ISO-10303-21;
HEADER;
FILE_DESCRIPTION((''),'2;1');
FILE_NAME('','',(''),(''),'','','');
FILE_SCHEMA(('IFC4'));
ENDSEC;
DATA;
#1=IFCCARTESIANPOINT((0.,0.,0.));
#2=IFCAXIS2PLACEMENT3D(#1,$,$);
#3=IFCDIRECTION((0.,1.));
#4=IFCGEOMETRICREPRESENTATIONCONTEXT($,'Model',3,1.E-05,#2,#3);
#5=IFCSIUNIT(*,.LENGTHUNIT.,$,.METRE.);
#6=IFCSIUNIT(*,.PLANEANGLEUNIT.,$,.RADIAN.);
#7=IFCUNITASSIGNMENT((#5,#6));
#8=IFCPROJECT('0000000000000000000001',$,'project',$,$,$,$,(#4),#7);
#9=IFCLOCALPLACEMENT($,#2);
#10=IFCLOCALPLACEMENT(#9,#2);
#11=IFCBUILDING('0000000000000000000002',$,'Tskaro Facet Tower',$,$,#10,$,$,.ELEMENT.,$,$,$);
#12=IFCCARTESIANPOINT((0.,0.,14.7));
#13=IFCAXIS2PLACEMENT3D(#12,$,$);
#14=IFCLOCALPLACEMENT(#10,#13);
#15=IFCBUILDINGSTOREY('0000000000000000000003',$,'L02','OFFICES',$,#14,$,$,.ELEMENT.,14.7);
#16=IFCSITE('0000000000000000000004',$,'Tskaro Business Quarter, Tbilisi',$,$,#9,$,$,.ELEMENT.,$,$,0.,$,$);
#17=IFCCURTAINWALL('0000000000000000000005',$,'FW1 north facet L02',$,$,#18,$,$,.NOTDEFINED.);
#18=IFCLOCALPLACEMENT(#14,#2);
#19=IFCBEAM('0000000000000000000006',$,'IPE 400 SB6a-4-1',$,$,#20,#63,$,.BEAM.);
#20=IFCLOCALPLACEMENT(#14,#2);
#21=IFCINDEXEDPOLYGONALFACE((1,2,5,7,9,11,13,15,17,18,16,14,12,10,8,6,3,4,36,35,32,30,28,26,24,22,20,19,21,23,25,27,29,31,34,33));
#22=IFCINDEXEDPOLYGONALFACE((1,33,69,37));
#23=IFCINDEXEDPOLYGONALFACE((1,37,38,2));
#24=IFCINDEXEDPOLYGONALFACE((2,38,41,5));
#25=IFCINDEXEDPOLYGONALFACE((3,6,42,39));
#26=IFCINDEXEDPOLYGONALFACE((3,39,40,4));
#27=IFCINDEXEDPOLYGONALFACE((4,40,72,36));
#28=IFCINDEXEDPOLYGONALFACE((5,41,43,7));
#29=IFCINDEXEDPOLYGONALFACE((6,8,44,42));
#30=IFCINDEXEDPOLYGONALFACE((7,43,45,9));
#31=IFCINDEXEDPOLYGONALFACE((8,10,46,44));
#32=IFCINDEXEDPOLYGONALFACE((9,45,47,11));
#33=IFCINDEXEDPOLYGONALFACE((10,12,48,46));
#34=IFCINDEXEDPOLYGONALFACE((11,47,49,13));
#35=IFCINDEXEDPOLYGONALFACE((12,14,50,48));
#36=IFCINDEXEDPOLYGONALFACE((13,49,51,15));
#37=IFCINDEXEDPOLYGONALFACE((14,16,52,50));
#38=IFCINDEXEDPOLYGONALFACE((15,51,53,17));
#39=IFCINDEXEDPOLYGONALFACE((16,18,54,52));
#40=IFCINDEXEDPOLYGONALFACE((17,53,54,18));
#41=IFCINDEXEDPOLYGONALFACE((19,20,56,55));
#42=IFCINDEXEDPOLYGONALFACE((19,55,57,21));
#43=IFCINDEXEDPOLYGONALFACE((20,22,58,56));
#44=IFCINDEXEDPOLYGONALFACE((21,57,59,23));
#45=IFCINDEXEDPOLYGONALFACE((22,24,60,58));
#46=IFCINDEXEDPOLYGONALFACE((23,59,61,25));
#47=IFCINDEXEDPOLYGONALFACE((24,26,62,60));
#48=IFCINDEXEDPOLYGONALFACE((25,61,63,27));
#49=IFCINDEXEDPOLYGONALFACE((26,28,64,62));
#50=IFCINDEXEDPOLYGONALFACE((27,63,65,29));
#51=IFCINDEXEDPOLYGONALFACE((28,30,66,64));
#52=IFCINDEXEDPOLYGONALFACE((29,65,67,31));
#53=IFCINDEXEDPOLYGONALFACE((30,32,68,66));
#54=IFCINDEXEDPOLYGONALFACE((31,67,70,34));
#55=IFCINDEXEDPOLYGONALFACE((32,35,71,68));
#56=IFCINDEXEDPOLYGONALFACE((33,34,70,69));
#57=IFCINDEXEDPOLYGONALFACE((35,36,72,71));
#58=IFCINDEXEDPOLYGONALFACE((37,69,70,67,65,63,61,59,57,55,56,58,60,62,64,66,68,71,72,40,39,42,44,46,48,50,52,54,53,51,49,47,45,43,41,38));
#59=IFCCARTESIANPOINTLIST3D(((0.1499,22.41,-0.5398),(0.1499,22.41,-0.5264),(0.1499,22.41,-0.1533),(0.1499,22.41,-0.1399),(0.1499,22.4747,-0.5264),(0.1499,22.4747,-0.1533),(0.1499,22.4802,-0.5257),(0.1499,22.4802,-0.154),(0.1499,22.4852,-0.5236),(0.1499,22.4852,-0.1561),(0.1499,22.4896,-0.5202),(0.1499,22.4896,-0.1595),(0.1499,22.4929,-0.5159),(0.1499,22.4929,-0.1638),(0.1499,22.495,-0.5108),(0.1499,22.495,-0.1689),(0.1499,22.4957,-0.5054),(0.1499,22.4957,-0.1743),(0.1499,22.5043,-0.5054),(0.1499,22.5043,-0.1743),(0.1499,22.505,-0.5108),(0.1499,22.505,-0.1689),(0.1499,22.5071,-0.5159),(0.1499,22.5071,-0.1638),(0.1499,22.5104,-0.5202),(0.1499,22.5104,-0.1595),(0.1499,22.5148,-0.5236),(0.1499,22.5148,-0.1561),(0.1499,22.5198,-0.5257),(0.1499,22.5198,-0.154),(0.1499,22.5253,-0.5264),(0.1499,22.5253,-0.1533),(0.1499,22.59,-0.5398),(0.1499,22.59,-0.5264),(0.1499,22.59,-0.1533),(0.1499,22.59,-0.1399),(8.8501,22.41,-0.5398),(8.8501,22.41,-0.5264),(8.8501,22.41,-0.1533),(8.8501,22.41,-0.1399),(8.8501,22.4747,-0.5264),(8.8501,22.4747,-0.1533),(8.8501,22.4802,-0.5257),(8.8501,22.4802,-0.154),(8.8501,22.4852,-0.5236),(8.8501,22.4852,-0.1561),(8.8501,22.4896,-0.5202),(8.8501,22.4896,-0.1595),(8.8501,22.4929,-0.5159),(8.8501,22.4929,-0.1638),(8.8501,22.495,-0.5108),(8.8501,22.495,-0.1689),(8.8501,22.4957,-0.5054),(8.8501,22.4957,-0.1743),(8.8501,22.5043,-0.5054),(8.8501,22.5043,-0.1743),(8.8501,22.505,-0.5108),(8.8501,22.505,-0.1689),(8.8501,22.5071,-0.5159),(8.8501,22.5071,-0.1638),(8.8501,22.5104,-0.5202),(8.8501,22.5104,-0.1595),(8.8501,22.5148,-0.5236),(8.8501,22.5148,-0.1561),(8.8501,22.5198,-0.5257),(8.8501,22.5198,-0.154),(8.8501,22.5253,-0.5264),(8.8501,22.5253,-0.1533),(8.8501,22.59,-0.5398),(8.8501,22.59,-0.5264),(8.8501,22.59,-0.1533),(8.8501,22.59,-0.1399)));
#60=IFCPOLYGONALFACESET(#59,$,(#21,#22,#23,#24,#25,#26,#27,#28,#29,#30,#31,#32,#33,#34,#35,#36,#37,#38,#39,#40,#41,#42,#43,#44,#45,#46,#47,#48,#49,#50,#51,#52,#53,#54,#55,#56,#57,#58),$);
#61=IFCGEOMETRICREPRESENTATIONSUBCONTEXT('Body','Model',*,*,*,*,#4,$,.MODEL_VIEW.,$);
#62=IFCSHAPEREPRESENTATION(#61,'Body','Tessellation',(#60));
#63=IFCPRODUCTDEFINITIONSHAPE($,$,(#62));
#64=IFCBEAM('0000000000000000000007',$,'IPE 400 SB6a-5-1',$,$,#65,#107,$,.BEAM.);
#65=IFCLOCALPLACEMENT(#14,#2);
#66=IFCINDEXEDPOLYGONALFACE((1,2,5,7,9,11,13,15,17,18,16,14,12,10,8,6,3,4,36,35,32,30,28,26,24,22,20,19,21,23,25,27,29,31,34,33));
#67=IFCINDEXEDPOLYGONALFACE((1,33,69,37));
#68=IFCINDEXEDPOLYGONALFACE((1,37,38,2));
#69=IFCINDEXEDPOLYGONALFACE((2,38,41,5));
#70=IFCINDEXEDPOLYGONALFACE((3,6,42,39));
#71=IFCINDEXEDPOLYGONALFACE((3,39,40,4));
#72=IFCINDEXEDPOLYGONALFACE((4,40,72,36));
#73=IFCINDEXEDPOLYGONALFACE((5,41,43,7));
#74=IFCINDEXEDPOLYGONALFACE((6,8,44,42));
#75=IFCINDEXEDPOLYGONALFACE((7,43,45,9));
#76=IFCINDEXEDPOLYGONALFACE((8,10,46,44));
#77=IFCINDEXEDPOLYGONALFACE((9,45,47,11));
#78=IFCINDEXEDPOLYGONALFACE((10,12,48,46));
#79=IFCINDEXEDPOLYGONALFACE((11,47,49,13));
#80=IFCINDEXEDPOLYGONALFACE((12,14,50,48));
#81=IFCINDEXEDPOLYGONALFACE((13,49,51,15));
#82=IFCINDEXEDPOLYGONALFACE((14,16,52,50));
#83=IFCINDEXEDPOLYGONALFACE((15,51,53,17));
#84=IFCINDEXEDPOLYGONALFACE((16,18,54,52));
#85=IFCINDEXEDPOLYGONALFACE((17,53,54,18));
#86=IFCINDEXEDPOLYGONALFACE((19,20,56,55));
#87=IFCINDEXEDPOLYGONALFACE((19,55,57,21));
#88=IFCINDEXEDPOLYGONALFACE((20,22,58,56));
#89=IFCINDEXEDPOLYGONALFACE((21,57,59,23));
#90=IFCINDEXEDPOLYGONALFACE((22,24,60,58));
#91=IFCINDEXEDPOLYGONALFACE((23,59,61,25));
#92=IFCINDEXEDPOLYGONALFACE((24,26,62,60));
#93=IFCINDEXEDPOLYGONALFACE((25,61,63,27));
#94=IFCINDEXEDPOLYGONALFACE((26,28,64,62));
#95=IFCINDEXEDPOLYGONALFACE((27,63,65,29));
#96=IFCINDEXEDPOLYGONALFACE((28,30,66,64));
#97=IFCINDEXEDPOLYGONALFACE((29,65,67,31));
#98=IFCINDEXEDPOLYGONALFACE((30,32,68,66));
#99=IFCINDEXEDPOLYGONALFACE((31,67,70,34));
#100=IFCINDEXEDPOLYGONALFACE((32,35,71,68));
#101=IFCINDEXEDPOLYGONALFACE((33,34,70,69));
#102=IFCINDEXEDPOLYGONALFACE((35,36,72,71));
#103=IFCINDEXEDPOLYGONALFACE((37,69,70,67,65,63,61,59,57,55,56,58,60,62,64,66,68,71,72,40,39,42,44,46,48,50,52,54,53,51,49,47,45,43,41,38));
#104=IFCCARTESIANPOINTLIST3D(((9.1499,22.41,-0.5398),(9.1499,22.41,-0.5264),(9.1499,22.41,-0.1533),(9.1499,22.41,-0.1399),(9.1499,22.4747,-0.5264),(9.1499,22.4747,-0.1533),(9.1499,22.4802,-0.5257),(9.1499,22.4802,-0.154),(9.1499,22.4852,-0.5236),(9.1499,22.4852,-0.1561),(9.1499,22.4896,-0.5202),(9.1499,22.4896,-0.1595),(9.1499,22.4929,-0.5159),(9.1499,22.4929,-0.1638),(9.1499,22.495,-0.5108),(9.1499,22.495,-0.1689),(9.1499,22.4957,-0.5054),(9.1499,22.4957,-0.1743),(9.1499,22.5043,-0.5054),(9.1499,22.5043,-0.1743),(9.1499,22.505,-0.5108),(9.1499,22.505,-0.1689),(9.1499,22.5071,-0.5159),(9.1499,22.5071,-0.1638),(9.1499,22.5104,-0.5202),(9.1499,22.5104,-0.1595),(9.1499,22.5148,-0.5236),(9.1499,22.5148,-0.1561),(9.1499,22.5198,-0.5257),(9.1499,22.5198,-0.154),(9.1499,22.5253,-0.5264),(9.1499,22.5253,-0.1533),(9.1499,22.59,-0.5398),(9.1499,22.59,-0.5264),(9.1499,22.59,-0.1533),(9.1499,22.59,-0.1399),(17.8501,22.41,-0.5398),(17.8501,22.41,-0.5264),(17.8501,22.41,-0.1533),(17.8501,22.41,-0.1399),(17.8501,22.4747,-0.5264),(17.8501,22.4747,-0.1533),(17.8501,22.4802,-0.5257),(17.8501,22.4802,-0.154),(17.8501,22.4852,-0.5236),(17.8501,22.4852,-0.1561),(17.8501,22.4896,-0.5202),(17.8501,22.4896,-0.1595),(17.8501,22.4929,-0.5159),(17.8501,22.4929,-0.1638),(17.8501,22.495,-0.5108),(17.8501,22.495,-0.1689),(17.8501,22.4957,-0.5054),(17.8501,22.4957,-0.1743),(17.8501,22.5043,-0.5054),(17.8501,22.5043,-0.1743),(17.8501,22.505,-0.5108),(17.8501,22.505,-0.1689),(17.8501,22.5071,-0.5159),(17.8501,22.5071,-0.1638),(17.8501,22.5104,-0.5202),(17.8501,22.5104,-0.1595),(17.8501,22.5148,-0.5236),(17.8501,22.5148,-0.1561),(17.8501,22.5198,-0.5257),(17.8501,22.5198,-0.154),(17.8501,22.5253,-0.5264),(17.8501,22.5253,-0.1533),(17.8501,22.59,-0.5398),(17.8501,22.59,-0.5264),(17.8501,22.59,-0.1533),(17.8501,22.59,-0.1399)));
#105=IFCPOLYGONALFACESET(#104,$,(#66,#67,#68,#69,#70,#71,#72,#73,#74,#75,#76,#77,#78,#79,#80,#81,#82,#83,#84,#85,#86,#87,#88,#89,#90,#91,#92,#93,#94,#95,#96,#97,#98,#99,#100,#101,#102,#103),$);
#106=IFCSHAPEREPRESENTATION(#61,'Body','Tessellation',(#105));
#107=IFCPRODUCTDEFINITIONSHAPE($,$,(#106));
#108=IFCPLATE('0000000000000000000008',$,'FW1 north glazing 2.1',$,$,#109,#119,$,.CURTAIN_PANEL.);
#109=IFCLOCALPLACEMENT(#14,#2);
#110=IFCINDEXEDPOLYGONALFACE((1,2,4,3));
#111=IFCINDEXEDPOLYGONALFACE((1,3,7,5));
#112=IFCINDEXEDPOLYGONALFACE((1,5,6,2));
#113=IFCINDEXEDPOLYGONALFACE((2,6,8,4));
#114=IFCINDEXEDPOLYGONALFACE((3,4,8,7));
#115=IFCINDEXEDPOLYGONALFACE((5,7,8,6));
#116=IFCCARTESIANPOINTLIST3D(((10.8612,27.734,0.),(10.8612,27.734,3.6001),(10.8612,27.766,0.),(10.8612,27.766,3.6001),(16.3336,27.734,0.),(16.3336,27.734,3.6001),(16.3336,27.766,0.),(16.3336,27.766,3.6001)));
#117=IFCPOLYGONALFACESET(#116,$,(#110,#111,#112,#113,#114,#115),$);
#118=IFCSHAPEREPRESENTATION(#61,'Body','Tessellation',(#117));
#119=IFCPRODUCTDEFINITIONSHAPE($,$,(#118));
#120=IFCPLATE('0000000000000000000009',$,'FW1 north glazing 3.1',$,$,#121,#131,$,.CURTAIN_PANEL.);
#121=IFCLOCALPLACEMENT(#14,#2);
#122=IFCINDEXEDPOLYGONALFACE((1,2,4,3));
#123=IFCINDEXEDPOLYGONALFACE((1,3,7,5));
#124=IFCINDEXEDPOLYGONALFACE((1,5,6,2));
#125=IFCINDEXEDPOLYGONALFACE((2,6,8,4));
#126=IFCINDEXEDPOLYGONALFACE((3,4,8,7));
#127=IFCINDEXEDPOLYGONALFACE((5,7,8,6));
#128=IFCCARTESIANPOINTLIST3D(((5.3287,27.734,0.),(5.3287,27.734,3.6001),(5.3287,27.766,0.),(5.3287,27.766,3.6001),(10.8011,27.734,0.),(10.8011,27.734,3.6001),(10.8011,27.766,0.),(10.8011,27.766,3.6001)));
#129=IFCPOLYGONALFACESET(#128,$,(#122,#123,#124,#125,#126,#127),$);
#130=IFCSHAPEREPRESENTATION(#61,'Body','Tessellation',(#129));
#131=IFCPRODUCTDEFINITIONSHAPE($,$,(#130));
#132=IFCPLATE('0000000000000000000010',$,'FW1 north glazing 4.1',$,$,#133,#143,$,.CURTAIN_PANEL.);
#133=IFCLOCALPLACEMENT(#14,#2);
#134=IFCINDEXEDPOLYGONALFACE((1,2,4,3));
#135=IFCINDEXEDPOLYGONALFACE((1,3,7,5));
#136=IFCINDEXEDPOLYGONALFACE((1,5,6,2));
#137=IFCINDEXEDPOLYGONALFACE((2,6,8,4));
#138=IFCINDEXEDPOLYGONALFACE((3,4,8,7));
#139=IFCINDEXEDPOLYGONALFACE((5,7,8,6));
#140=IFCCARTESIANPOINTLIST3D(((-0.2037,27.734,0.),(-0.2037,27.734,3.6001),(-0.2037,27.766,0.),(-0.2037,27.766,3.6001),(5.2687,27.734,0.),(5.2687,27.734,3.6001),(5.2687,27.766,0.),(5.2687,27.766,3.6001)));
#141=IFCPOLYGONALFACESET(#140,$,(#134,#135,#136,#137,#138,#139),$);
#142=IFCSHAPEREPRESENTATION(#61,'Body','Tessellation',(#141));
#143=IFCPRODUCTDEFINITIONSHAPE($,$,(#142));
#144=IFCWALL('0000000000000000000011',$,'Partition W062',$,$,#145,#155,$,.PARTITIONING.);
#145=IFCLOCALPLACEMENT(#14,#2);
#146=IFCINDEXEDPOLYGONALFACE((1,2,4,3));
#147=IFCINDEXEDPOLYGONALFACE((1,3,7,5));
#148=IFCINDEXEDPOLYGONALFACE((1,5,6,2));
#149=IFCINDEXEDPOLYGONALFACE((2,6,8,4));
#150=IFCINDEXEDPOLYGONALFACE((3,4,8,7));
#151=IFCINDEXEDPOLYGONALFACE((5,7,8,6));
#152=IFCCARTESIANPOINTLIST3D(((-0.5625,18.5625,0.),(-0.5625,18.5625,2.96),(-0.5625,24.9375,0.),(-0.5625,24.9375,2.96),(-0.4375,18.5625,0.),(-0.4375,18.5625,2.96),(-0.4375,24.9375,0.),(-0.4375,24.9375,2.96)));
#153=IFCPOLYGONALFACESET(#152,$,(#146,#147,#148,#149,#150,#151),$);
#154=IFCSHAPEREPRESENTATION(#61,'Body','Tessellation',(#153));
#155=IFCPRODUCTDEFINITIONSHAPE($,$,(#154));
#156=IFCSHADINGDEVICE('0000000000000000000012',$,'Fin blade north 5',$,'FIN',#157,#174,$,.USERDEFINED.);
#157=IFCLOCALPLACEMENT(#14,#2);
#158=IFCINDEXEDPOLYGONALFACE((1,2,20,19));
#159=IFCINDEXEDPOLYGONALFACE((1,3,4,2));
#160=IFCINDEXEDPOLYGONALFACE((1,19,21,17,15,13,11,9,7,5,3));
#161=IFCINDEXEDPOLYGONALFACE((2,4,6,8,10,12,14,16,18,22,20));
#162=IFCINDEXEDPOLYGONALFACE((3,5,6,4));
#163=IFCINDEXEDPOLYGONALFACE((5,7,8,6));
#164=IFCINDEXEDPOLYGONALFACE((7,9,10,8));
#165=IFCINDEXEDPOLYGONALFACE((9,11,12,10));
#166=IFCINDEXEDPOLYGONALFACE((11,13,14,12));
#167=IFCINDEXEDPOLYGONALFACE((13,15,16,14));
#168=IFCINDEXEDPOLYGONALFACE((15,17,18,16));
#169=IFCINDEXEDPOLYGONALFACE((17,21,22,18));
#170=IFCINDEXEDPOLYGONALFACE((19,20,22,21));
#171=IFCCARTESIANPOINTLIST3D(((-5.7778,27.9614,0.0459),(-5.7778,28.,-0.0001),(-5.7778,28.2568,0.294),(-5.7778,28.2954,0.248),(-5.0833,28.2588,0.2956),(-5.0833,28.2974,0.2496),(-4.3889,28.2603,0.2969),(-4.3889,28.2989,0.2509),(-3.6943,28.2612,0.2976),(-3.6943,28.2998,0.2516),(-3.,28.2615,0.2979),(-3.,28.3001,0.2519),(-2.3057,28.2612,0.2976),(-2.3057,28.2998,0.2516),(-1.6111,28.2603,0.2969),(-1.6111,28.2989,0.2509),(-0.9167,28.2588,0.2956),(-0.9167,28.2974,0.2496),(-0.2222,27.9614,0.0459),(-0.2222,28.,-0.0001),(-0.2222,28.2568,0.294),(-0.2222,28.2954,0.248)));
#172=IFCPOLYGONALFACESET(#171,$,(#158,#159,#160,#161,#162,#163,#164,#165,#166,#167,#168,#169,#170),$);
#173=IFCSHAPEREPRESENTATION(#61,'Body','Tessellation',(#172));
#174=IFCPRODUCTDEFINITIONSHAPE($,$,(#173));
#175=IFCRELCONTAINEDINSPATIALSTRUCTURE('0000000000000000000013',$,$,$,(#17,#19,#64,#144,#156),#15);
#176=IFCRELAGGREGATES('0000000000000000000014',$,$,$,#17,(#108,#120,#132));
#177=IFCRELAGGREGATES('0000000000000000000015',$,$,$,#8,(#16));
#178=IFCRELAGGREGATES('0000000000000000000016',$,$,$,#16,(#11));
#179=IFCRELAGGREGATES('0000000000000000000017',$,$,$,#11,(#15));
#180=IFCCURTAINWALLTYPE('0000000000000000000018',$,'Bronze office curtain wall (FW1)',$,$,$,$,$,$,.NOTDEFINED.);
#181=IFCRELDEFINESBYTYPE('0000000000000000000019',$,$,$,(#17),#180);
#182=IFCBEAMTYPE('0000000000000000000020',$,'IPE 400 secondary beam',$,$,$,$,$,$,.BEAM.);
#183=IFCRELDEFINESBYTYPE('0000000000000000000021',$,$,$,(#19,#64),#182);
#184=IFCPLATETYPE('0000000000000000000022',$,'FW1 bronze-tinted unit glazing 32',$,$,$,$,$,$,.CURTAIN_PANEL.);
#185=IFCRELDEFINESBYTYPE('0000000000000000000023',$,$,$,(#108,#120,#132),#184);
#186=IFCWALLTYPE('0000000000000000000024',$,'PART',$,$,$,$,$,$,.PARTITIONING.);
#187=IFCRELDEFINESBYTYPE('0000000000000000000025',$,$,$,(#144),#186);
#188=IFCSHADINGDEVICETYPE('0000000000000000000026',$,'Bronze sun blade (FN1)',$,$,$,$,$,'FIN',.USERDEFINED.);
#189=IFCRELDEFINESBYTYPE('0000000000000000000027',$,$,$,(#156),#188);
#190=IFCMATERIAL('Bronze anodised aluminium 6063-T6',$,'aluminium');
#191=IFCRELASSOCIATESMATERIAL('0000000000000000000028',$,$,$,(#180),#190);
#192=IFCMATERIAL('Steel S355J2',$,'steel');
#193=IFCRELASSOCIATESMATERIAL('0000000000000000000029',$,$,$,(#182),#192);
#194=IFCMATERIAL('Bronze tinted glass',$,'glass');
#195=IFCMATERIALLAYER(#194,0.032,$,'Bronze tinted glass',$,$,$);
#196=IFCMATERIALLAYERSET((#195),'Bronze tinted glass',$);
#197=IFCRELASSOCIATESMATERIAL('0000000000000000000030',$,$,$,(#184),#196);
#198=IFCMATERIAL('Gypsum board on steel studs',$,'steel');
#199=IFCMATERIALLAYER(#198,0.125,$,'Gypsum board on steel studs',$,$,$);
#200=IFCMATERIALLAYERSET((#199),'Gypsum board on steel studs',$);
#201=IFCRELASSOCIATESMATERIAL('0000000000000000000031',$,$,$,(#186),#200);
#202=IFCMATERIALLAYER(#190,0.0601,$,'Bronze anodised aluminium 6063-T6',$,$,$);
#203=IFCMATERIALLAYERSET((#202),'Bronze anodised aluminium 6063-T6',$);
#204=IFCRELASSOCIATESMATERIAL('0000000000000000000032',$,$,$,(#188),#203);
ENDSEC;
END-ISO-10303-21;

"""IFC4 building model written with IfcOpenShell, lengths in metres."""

from ifc_helpers import new_model, si_unit, direction, frame, frame_2d, origin, origin_2d, place, context, subcontext, project, spatial, polyline, rectangle, i_section, outline, extrude, material, layer, layer_set, material_profile, profile_set, type_object, element, aggregate, save


model = new_model("IFC4")

# Units and contexts
model_context = context("Model", 3, precision=1e-05, world=origin(), true_north=direction((0.0, 1.0)))
body_context = subcontext(model_context, "Body", "Model", "MODEL_VIEW")
ifc_project = project(units=[si_unit("LENGTHUNIT", "METRE"), si_unit("PLANEANGLEUNIT", "RADIAN")], contexts=[model_context])

# Site, building, storey
site_placement = place(None, origin())
site = spatial("IfcSite", under=ifc_project, at=site_placement, Name="Tskaro Business Quarter, Tbilisi", CompositionType="ELEMENT", RefElevation=0.0)
building_placement = place(site_placement, origin())
building = spatial("IfcBuilding", under=site, at=building_placement, Name="Tskaro Facet Tower", CompositionType="ELEMENT")
storey_placement = place(building_placement, frame((0.0, 0.0, 14.7)))
storey = spatial("IfcBuildingStorey", under=building, at=storey_placement, Name="L02", Description="OFFICES", CompositionType="ELEMENT", Elevation=14.7)

# Curtain wall
ifc_material_1 = material(Name="Bronze anodised aluminium 6063-T6", Category="aluminium")
curtain_wall_type = type_object("IfcCurtainWallType", Name="Bronze office curtain wall (FW1)", PredefinedType="NOTDEFINED", material=ifc_material_1)
curtain_wall_placement = place(storey_placement, origin())
curtain_wall = element("IfcCurtainWall", 1, at=curtain_wall_placement, inside=storey, type_object=curtain_wall_type, Name="FW1 north facet L02", PredefinedType="NOTDEFINED")

# Beams
ifc_material_2 = material(Name="Steel S355J2", Category="steel")
ifc_material_profile_1 = material_profile(ifc_material_2, i_section(OverallWidth=0.1799, OverallDepth=0.3999, WebThickness=0.0085, FlangeThickness=0.0134, FilletRadius=0.021, at=origin_2d()), Name="IPE 400")
ifc_profile_set_1 = profile_set([ifc_material_profile_1], Name="Steel S355J2")
beam_type_1 = type_object("IfcBeamType", Name="IPE 400 secondary beam", PredefinedType="BEAM", material=ifc_profile_set_1)
for number, where, z_axis, x_axis, name in (
    (2, (0.1499, 22.5, -0.3398), (1.0, 0.0, 0.0), (0.0, 1.0, 0.0), "IPE 400 SB6a-4-1"),
    (3, (9.1499, 22.5, -0.3398), (1.0, 0.0, 0.0), (0.0, 1.0, 0.0), "IPE 400 SB6a-5-1"),
):
    element("IfcBeam", number, at=place(storey_placement, frame(where, z_axis=z_axis, x_axis=x_axis)), inside=storey, type_object=beam_type_1, Name=name, PredefinedType="BEAM", context=body_context, shape_type="SweptSolid", body=[
        extrude(i_section(OverallWidth=0.1799, OverallDepth=0.3999, WebThickness=0.0085, FlangeThickness=0.0134, FilletRadius=0.021, at=origin_2d()), origin(), (0.0, 0.0, 1.0), 8.7002),
    ])

# Plates
ifc_material_3 = material(Name="Bronze tinted glass", Category="glass")
ifc_layer_1 = layer(ifc_material_3, 0.032, Name="Bronze tinted glass")
ifc_layer_set_1 = layer_set([ifc_layer_1], Name="Bronze tinted glass")
plate_type = type_object("IfcPlateType", Name="FW1 bronze-tinted unit glazing 32", PredefinedType="CURTAIN_PANEL", material=ifc_layer_set_1)
plate_1_placement = place(storey_placement, frame((13.5974, 27.75, 0.0), z_axis=(0.0, 0.0, 1.0), x_axis=(-1.0, 0.0, 0.0)))
plate_1 = element("IfcPlate", 4, at=plate_1_placement, type_object=plate_type, Name="FW1 north glazing 2.1", PredefinedType="CURTAIN_PANEL", context=body_context, shape_type="SweptSolid", body=[
    extrude(rectangle(XDim=5.4724, YDim=0.032, at=origin_2d()), origin(), (0.0, 0.0, 1.0), 3.6001),
])
plate_2_placement = place(storey_placement, frame((8.0649, 27.75, 0.0), z_axis=(0.0, 0.0, 1.0), x_axis=(-1.0, 0.0, 0.0)))
plate_2 = element("IfcPlate", 5, at=plate_2_placement, type_object=plate_type, Name="FW1 north glazing 3.1", PredefinedType="CURTAIN_PANEL", context=body_context, shape_type="SweptSolid", body=[
    extrude(rectangle(XDim=5.4724, YDim=0.032, at=origin_2d()), origin(), (0.0, 0.0, 1.0), 3.6001),
])
plate_3_placement = place(storey_placement, frame((2.5325, 27.75, 0.0), z_axis=(0.0, 0.0, 1.0), x_axis=(-1.0, 0.0, 0.0)))
plate_3 = element("IfcPlate", 6, at=plate_3_placement, type_object=plate_type, Name="FW1 north glazing 4.1", PredefinedType="CURTAIN_PANEL", context=body_context, shape_type="SweptSolid", body=[
    extrude(rectangle(XDim=5.4724, YDim=0.032, at=origin_2d()), origin(), (0.0, 0.0, 1.0), 3.6001),
])
aggregate(curtain_wall, [plate_1, plate_2, plate_3])

# Wall
ifc_material_4 = material(Name="Gypsum board on steel studs", Category="steel")
ifc_layer_2 = layer(ifc_material_4, 0.125, Name="Gypsum board on steel studs")
ifc_layer_set_2 = layer_set([ifc_layer_2], Name="Gypsum board on steel studs")
wall_type = type_object("IfcWallType", Name="PART", PredefinedType="PARTITIONING", material=ifc_layer_set_2)
wall_placement = place(storey_placement, frame((-0.5, 18.5625, 0.0), z_axis=(0.0, 0.0, 1.0), x_axis=(0.0, 1.0, 0.0)))
element("IfcWall", 7, at=wall_placement, inside=storey, type_object=wall_type, Name="Partition W062", PredefinedType="PARTITIONING", context=body_context, shape_type="SweptSolid", body=[
    extrude(rectangle(XDim=6.375, YDim=0.125, at=frame_2d((3.1875, 0.0))), origin(), (0.0, 0.0, 1.0), 2.96),
])

# Shading device
ifc_layer_3 = layer(ifc_material_1, 0.0601, Name="Bronze anodised aluminium 6063-T6")
ifc_layer_set_3 = layer_set([ifc_layer_3], Name="Bronze anodised aluminium 6063-T6")
shading_device_type = type_object("IfcShadingDeviceType", Name="Bronze sun blade (FN1)", ElementType="FIN", PredefinedType="USERDEFINED", material=ifc_layer_set_3)
shading_device_1_placement = place(storey_placement, frame((-0.2222, 27.9614, 0.0459), z_axis=(0.0, -0.643084, 0.765796), x_axis=(-1.0, 0.0, 0.0)))
element("IfcShadingDevice", 8, at=shading_device_1_placement, inside=storey, type_object=shading_device_type, Name="Fin blade north 5", ObjectType="FIN", PredefinedType="USERDEFINED", context=body_context, shape_type="SweptSolid", body=[
    extrude(outline(polyline([(0.0, 0.0), (5.5557, 0.0), (5.5557, -0.3857), (4.8611, -0.3883), (4.1667, -0.3902), (3.4722, -0.3915), (2.7778, -0.3918), (2.7778, -0.3918), (2.0835, -0.3915), (1.3889, -0.3902), (0.6946, -0.3883), (0.0, -0.3857), (0.0, 0.0)])), origin(), (0.0, 0.0, -1.0), 0.0601),
])

save(model, "model.ifc")
